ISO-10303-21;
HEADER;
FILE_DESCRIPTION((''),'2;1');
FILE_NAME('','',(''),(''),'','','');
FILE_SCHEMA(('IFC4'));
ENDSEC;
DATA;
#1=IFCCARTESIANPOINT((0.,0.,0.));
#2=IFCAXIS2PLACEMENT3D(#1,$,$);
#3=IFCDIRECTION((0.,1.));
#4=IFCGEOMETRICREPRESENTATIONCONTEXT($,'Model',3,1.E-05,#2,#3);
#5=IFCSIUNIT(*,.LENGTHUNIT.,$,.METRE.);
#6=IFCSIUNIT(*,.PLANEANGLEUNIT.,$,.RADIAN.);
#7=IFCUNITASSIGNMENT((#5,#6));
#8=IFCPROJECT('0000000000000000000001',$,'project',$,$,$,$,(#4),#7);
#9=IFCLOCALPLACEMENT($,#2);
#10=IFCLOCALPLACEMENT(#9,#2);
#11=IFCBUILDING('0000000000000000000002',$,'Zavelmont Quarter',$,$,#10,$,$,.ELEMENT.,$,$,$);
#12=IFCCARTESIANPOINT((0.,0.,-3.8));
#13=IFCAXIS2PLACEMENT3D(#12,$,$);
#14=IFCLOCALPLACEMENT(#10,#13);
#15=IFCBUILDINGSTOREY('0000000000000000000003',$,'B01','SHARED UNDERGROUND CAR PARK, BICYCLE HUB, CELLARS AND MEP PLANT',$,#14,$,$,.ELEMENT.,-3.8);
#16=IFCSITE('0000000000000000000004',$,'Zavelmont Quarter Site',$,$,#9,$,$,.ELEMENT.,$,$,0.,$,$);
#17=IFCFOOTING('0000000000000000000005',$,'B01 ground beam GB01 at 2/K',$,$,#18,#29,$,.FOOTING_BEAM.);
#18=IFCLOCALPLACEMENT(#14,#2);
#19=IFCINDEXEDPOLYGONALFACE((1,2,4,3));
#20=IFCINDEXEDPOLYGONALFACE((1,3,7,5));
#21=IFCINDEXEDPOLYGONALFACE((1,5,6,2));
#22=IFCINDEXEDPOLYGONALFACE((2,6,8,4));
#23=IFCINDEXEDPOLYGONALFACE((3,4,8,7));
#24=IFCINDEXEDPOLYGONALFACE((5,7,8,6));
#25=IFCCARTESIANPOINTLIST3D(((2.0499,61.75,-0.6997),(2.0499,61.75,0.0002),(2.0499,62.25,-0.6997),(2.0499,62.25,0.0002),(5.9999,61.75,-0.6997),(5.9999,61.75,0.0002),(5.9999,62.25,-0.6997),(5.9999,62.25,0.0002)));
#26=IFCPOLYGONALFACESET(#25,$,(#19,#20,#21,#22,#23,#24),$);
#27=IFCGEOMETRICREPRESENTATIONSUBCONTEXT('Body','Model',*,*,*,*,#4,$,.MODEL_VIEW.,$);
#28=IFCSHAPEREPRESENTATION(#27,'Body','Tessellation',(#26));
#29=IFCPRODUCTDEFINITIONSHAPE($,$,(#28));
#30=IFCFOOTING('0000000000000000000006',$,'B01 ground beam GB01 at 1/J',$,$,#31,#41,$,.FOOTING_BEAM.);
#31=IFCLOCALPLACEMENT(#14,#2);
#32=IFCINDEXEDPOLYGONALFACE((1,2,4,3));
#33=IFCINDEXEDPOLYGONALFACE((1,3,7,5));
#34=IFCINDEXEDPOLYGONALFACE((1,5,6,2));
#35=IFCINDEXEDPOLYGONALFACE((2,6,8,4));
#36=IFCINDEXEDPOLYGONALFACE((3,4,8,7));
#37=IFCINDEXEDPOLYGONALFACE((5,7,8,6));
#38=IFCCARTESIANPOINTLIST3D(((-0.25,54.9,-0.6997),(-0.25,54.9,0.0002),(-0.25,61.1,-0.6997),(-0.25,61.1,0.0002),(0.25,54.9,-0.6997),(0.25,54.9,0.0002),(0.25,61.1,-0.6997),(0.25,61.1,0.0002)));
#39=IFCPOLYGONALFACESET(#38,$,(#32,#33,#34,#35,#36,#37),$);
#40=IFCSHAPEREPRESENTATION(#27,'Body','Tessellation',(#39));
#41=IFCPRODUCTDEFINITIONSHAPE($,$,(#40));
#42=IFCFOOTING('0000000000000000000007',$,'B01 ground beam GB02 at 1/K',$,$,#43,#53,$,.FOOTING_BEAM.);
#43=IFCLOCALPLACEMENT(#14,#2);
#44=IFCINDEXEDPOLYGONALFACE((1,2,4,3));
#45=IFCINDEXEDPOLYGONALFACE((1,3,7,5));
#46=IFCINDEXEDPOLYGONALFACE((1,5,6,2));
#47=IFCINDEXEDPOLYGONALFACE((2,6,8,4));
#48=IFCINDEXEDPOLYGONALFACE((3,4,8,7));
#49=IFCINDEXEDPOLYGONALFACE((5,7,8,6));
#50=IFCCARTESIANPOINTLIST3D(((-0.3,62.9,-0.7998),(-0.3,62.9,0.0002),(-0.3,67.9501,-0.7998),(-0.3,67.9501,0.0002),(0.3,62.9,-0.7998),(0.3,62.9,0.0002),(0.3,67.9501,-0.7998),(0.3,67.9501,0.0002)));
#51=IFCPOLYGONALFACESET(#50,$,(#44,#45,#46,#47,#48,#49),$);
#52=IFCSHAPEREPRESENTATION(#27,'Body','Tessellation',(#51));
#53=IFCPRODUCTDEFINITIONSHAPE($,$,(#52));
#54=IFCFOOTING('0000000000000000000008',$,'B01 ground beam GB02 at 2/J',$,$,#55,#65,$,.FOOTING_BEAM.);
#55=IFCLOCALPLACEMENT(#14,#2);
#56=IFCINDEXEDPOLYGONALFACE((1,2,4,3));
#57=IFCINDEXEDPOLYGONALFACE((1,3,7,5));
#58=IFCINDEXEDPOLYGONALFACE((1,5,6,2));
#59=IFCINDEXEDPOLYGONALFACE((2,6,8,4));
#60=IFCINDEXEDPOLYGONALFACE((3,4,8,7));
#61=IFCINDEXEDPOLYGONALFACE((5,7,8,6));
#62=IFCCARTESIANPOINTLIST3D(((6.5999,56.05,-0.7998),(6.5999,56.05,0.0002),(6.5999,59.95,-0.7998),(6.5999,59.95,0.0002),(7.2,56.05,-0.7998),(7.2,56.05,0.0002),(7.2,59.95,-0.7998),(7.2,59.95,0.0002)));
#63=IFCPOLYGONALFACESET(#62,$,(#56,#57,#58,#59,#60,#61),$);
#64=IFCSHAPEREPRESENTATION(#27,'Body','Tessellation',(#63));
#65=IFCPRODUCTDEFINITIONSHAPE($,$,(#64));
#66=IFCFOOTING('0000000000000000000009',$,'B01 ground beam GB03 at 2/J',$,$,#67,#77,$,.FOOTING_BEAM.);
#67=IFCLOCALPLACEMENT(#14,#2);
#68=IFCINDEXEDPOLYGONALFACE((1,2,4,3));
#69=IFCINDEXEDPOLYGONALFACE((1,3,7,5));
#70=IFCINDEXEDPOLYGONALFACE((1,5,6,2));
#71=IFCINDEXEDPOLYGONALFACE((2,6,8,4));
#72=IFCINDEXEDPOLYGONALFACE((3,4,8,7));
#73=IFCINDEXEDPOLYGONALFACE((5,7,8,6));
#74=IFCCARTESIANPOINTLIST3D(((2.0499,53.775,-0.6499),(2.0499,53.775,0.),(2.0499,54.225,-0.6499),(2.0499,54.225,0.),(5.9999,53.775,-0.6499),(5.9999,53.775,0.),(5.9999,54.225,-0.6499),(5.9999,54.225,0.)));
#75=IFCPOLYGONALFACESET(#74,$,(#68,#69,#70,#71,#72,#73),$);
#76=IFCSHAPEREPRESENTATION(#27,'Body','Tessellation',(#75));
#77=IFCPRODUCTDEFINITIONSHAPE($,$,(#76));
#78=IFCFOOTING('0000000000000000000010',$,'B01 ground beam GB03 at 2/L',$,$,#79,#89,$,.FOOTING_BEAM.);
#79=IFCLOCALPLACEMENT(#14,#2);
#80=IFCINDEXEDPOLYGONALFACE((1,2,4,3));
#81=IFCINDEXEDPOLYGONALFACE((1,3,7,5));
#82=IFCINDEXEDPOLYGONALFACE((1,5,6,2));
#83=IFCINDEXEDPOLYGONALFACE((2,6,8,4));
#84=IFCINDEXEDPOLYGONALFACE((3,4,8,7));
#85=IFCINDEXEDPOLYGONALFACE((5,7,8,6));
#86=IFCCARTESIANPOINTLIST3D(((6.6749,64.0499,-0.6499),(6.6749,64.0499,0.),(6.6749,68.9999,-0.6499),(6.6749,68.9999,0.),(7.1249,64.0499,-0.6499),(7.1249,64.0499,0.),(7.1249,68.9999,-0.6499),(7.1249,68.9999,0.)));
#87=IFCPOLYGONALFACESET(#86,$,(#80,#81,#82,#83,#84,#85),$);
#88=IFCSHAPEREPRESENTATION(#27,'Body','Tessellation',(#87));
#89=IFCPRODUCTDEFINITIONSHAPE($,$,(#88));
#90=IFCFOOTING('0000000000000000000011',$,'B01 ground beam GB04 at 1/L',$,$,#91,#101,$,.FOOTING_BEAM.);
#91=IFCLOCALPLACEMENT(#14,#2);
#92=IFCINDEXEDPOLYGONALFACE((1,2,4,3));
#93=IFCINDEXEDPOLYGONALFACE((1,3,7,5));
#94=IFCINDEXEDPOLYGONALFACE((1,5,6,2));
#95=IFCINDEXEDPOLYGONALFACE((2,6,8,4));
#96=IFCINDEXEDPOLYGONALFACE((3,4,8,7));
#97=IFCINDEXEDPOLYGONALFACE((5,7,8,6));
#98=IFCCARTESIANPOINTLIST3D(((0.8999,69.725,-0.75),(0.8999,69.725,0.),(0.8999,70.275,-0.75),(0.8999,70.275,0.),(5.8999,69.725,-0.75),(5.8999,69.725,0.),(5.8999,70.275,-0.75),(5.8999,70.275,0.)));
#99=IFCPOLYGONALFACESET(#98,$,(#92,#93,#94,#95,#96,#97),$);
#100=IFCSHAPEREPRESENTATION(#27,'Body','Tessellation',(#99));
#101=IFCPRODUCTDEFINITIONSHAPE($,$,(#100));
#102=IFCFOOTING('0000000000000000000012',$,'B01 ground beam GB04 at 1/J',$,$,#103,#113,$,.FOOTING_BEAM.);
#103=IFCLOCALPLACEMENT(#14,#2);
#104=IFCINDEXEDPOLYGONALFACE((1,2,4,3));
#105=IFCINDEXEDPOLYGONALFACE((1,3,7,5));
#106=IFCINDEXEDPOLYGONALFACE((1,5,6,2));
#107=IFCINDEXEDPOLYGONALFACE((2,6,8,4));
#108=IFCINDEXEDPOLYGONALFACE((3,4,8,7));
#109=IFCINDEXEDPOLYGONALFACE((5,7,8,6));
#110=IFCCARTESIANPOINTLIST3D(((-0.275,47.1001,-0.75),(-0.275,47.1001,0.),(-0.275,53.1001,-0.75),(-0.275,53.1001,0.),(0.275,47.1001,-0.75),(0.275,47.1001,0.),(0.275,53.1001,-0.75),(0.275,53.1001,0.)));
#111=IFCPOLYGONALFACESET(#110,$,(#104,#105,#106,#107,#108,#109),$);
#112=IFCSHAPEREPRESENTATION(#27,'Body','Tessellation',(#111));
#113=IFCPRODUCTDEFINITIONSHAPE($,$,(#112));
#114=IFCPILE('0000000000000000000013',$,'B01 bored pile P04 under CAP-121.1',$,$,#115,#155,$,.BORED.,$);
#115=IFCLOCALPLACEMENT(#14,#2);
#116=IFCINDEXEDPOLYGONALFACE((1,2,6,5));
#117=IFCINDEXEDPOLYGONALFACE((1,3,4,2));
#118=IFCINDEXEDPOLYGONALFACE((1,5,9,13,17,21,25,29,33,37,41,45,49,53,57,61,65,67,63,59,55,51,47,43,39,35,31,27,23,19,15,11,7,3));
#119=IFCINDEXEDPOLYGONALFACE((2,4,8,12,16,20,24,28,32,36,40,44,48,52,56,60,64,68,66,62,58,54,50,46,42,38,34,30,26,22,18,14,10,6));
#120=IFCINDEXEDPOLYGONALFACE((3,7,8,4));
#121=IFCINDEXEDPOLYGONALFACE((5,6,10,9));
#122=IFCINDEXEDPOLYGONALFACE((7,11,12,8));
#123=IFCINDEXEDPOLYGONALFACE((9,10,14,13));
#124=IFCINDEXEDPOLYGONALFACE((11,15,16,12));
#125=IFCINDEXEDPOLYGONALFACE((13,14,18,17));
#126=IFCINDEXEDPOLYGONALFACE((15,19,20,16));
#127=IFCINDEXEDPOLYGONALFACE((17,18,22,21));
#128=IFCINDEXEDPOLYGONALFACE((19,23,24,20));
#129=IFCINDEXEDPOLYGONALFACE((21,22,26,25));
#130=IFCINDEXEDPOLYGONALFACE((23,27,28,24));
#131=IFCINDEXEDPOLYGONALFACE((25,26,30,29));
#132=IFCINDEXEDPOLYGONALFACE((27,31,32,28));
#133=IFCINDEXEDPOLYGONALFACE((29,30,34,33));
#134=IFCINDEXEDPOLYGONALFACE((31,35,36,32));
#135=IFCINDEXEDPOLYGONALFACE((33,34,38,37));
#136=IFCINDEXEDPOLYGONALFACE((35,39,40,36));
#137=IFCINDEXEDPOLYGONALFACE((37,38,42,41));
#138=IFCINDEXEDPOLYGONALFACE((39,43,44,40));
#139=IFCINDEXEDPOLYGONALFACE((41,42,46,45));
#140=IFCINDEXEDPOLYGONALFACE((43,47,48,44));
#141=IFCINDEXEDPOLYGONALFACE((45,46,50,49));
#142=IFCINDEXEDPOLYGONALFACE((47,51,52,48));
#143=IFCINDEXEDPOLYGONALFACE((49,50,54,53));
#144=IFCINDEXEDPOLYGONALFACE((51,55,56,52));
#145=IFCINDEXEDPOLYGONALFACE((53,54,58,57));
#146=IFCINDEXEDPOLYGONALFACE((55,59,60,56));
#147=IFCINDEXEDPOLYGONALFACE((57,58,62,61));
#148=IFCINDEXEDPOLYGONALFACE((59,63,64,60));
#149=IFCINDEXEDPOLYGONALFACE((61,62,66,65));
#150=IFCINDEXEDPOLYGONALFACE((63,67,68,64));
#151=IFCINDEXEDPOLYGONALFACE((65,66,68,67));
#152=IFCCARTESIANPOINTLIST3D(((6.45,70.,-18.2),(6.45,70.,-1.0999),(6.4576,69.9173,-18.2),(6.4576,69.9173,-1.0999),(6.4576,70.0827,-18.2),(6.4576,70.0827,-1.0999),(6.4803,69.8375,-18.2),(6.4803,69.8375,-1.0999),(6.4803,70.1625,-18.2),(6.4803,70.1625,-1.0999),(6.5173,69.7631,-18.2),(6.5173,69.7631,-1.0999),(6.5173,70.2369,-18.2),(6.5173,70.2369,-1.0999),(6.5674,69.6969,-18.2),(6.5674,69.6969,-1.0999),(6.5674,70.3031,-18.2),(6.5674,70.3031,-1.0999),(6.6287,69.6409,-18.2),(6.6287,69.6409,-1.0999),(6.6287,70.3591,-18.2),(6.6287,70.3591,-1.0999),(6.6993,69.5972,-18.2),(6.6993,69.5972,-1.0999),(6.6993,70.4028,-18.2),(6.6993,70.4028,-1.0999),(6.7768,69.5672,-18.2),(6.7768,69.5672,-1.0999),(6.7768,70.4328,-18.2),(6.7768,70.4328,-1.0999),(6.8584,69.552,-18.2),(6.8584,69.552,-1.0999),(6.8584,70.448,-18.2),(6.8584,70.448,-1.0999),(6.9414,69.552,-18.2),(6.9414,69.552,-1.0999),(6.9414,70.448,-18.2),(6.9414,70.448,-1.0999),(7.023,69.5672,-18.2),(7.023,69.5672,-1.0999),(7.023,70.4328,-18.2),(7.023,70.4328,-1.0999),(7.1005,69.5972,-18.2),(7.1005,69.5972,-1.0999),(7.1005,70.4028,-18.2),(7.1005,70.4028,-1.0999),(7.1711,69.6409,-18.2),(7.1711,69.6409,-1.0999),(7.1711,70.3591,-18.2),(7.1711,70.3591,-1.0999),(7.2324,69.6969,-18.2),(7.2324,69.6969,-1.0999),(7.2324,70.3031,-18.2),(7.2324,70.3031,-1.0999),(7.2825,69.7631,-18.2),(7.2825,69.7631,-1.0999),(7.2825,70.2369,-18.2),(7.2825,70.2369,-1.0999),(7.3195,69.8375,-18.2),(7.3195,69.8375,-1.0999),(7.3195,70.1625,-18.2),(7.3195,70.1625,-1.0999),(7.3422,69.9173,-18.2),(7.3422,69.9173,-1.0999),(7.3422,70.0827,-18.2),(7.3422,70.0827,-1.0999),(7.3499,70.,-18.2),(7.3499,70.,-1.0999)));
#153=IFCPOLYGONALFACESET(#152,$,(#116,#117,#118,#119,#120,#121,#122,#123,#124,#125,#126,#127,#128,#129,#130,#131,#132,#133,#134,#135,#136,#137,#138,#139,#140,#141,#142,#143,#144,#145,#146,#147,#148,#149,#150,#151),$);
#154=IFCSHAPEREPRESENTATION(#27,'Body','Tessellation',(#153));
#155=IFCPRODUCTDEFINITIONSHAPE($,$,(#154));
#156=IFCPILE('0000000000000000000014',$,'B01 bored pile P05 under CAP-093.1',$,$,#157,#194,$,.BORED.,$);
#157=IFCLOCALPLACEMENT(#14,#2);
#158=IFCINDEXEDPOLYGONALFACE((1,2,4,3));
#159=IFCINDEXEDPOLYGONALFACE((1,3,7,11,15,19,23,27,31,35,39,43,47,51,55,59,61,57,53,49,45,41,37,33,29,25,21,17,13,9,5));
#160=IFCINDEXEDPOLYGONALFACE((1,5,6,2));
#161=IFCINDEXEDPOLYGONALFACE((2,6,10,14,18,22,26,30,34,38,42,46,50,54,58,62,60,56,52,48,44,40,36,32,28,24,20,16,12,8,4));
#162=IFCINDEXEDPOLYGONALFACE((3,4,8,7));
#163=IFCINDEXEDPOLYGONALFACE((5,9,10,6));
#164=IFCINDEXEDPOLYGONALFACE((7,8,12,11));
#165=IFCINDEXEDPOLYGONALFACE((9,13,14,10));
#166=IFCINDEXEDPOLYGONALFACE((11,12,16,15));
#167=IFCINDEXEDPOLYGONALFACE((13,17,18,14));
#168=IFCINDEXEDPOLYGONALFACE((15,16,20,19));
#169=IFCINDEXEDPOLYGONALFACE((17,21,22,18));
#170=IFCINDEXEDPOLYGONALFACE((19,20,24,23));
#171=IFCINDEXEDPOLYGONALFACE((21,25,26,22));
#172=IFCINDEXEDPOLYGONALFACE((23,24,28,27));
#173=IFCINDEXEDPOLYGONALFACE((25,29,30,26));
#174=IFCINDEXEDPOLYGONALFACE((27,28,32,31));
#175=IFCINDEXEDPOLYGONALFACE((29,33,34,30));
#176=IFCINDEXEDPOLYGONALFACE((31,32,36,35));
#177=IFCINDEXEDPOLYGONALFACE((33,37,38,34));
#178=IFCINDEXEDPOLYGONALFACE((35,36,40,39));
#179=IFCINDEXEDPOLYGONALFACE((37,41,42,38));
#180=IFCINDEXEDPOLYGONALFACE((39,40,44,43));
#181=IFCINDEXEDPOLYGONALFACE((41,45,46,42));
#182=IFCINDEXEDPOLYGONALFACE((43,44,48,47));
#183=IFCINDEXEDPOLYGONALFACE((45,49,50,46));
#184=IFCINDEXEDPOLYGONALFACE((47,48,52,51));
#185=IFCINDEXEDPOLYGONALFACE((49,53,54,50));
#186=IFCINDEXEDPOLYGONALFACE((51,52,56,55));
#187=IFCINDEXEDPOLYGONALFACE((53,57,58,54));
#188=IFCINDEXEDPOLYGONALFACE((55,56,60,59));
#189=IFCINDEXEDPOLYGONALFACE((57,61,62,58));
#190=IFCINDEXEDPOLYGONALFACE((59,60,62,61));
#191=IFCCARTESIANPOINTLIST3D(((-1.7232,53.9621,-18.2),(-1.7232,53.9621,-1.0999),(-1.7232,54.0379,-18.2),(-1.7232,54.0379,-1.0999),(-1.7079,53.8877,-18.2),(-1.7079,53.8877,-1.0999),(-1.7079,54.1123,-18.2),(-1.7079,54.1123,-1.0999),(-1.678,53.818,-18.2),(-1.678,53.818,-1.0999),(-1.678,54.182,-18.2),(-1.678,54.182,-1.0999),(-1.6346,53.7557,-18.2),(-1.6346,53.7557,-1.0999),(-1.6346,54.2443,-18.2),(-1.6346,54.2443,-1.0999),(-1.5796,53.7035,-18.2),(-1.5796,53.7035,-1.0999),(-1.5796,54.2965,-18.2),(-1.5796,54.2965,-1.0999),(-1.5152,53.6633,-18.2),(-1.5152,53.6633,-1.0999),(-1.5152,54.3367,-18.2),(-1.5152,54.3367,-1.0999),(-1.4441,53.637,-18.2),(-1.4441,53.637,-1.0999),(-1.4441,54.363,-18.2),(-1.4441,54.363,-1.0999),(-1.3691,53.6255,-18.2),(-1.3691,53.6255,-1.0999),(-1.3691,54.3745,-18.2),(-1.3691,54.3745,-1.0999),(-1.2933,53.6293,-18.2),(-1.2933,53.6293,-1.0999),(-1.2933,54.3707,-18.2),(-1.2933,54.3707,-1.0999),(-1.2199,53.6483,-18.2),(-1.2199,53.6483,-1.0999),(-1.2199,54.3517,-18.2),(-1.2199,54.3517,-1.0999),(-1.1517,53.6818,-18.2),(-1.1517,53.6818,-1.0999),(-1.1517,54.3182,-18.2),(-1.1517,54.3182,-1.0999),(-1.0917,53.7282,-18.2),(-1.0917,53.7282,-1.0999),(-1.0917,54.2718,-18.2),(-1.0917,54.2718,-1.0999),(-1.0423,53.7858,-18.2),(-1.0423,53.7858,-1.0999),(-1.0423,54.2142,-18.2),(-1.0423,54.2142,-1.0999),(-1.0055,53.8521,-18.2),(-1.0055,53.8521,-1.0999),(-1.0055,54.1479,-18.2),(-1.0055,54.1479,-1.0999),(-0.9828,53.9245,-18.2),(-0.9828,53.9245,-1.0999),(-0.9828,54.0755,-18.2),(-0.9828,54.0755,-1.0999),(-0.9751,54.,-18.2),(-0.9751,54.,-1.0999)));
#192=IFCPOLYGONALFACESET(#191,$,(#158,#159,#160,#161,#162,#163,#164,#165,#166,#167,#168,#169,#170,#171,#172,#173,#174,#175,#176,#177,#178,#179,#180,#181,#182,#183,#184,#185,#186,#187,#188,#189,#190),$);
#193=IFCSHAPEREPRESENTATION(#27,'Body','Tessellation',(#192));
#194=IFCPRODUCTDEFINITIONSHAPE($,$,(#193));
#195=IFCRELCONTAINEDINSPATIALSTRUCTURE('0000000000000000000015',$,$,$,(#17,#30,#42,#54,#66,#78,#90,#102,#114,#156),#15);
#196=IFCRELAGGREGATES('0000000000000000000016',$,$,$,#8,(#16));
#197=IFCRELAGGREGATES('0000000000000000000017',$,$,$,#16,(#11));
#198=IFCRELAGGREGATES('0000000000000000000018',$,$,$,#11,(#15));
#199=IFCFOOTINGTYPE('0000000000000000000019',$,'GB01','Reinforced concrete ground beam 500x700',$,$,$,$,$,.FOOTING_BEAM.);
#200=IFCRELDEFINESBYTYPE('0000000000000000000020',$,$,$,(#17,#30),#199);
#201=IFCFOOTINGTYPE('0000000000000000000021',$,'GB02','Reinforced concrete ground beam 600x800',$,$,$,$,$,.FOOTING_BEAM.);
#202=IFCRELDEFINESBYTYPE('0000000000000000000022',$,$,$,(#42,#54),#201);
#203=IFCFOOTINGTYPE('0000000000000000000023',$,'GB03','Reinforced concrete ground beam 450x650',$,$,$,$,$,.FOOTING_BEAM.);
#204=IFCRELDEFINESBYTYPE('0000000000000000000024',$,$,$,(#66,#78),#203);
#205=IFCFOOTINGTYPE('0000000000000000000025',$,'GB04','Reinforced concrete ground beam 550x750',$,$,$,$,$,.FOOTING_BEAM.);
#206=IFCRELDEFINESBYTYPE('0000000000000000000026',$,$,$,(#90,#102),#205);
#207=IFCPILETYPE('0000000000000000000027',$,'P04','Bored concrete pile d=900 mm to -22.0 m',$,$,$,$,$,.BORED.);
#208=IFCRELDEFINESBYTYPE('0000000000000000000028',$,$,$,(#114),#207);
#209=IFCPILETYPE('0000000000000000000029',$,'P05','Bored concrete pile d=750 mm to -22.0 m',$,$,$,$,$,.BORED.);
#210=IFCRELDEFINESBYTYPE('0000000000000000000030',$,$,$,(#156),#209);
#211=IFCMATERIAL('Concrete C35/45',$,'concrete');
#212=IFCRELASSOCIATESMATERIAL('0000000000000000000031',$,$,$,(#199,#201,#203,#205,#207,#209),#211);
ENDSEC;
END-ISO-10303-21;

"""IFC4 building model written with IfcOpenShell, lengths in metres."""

from ifc_helpers import new_model, si_unit, direction, frame, origin, origin_2d, place, context, subcontext, project, spatial, rectangle, circle, extrude, material, material_profile, profile_set, type_object, element, save


model = new_model("IFC4")

# Units and contexts
model_context = context("Model", 3, precision=1e-05, world=origin(), true_north=direction((0.0, 1.0)))
body_context = subcontext(model_context, "Body", "Model", "MODEL_VIEW")
ifc_project = project(units=[si_unit("LENGTHUNIT", "METRE"), si_unit("PLANEANGLEUNIT", "RADIAN")], contexts=[model_context])

# Site, building, storey
site_placement = place(None, origin())
site = spatial("IfcSite", under=ifc_project, at=site_placement, Name="Zavelmont Quarter Site", CompositionType="ELEMENT", RefElevation=0.0)
building_placement = place(site_placement, origin())
building = spatial("IfcBuilding", under=site, at=building_placement, Name="Zavelmont Quarter", CompositionType="ELEMENT")
storey_placement = place(building_placement, frame((0.0, 0.0, -3.8)))
storey = spatial("IfcBuildingStorey", under=building, at=storey_placement, Name="B01", Description="SHARED UNDERGROUND CAR PARK, BICYCLE HUB, CELLARS AND MEP PLANT", CompositionType="ELEMENT", Elevation=-3.8)

# Footings
ifc_material = material(Name="Concrete C35/45", Category="concrete")
footing_type_1 = type_object("IfcFootingType", Name="GB01", Description="Reinforced concrete ground beam 500x700", PredefinedType="FOOTING_BEAM", material=ifc_material)
footing_1_placement = place(storey_placement, frame((4.0249, 62.0, -0.6997), z_axis=(0.0, 0.0, 1.0), x_axis=(1.0, 0.0, 0.0)))
element("IfcFooting", 1, at=footing_1_placement, inside=storey, type_object=footing_type_1, Name="B01 ground beam GB01 at 2/K", PredefinedType="FOOTING_BEAM", context=body_context, shape_type="SweptSolid", body=[
    extrude(rectangle(XDim=3.95, YDim=0.5, at=origin_2d()), origin(), (0.0, 0.0, 1.0), 0.7),
])
footing_2_placement = place(storey_placement, frame((0.0, 58.0, -0.6997), z_axis=(0.0, 0.0, 1.0), x_axis=(0.0, 1.0, 0.0)))
element("IfcFooting", 2, at=footing_2_placement, inside=storey, type_object=footing_type_1, Name="B01 ground beam GB01 at 1/J", PredefinedType="FOOTING_BEAM", context=body_context, shape_type="SweptSolid", body=[
    extrude(rectangle(XDim=6.2, YDim=0.5, at=origin_2d()), origin(), (0.0, 0.0, 1.0), 0.7),
])
footing_type_2 = type_object("IfcFootingType", Name="GB02", Description="Reinforced concrete ground beam 600x800", PredefinedType="FOOTING_BEAM", material=ifc_material)
footing_3_placement = place(storey_placement, frame((0.0, 65.425, -0.7998), z_axis=(0.0, 0.0, 1.0), x_axis=(0.0, 1.0, 0.0)))
element("IfcFooting", 3, at=footing_3_placement, inside=storey, type_object=footing_type_2, Name="B01 ground beam GB02 at 1/K", PredefinedType="FOOTING_BEAM", context=body_context, shape_type="SweptSolid", body=[
    extrude(rectangle(XDim=5.05, YDim=0.6001, at=origin_2d()), origin(), (0.0, 0.0, 1.0), 0.8),
])
footing_4_placement = place(storey_placement, frame((6.8999, 58.0, -0.7998), z_axis=(0.0, 0.0, 1.0), x_axis=(0.0, 1.0, 0.0)))
element("IfcFooting", 4, at=footing_4_placement, inside=storey, type_object=footing_type_2, Name="B01 ground beam GB02 at 2/J", PredefinedType="FOOTING_BEAM", context=body_context, shape_type="SweptSolid", body=[
    extrude(rectangle(XDim=3.8999, YDim=0.6001, at=origin_2d()), origin(), (0.0, 0.0, 1.0), 0.8),
])
footing_type_3 = type_object("IfcFootingType", Name="GB03", Description="Reinforced concrete ground beam 450x650", PredefinedType="FOOTING_BEAM", material=ifc_material)
footing_5_placement = place(storey_placement, frame((4.0249, 54.0, -0.6499), z_axis=(0.0, 0.0, 1.0), x_axis=(1.0, 0.0, 0.0)))
element("IfcFooting", 5, at=footing_5_placement, inside=storey, type_object=footing_type_3, Name="B01 ground beam GB03 at 2/J", PredefinedType="FOOTING_BEAM", context=body_context, shape_type="SweptSolid", body=[
    extrude(rectangle(XDim=3.95, YDim=0.45, at=origin_2d()), origin(), (0.0, 0.0, 1.0), 0.6499),
])
footing_6_placement = place(storey_placement, frame((6.8999, 66.5249, -0.6499), z_axis=(0.0, 0.0, 1.0), x_axis=(0.0, 1.0, 0.0)))
element("IfcFooting", 6, at=footing_6_placement, inside=storey, type_object=footing_type_3, Name="B01 ground beam GB03 at 2/L", PredefinedType="FOOTING_BEAM", context=body_context, shape_type="SweptSolid", body=[
    extrude(rectangle(XDim=4.95, YDim=0.45, at=origin_2d()), origin(), (0.0, 0.0, 1.0), 0.6499),
])
footing_type_4 = type_object("IfcFootingType", Name="GB04", Description="Reinforced concrete ground beam 550x750", PredefinedType="FOOTING_BEAM", material=ifc_material)
footing_7_placement = place(storey_placement, frame((3.3999, 70.0, -0.75), z_axis=(0.0, 0.0, 1.0), x_axis=(1.0, 0.0, 0.0)))
element("IfcFooting", 7, at=footing_7_placement, inside=storey, type_object=footing_type_4, Name="B01 ground beam GB04 at 1/L", PredefinedType="FOOTING_BEAM", context=body_context, shape_type="SweptSolid", body=[
    extrude(rectangle(XDim=5.0, YDim=0.55, at=origin_2d()), origin(), (0.0, 0.0, 1.0), 0.75),
])
footing_8_placement = place(storey_placement, frame((0.0, 50.1001, -0.75), z_axis=(0.0, 0.0, 1.0), x_axis=(0.0, 1.0, 0.0)))
element("IfcFooting", 8, at=footing_8_placement, inside=storey, type_object=footing_type_4, Name="B01 ground beam GB04 at 1/J", PredefinedType="FOOTING_BEAM", context=body_context, shape_type="SweptSolid", body=[
    extrude(rectangle(XDim=6.0, YDim=0.55, at=origin_2d()), origin(), (0.0, 0.0, 1.0), 0.75),
])

# Piles
ifc_material_profile_1 = material_profile(ifc_material, circle(Radius=0.45, at=origin_2d()), Name="BP900")
ifc_profile_set_1 = profile_set([ifc_material_profile_1], Name="Concrete C35/45")
pile_type_1 = type_object("IfcPileType", Name="P04", Description="Bored concrete pile d=900 mm to -22.0 m", PredefinedType="BORED", material=ifc_profile_set_1)
pile_placement = place(storey_placement, frame((6.8999, 70.0, -1.0999), z_axis=(0.0, 0.0, -1.0), x_axis=(1.0, 0.0, 0.0)))
element("IfcPile", 9, at=pile_placement, inside=storey, type_object=pile_type_1, Name="B01 bored pile P04 under CAP-121.1", PredefinedType="BORED", context=body_context, shape_type="SweptSolid", body=[
    extrude(circle(Radius=0.45, at=origin_2d()), origin(), (0.0, 0.0, 1.0), 17.1001),
])
ifc_material_profile_2 = material_profile(ifc_material, circle(Radius=0.375, at=origin_2d()), Name="BP750")
ifc_profile_set_2 = profile_set([ifc_material_profile_2], Name="Concrete C35/45")
pile_type_2 = type_object("IfcPileType", Name="P05", Description="Bored concrete pile d=750 mm to -22.0 m", PredefinedType="BORED", material=ifc_profile_set_2)
for number, where, z_axis, x_axis, name in (
    (10, (-1.3501, 54.0, -1.0999), (0.0, 0.0, -1.0), (1.0, 0.0, 0.0), "B01 bored pile P05 under CAP-093.1"),
):
    element("IfcPile", number, at=place(storey_placement, frame(where, z_axis=z_axis, x_axis=x_axis)), inside=storey, type_object=pile_type_2, Name=name, PredefinedType="BORED", context=body_context, shape_type="SweptSolid", body=[
        extrude(circle(Radius=0.375, at=origin_2d()), origin(), (0.0, 0.0, 1.0), 17.1001),
    ])

save(model, "model.ifc")
